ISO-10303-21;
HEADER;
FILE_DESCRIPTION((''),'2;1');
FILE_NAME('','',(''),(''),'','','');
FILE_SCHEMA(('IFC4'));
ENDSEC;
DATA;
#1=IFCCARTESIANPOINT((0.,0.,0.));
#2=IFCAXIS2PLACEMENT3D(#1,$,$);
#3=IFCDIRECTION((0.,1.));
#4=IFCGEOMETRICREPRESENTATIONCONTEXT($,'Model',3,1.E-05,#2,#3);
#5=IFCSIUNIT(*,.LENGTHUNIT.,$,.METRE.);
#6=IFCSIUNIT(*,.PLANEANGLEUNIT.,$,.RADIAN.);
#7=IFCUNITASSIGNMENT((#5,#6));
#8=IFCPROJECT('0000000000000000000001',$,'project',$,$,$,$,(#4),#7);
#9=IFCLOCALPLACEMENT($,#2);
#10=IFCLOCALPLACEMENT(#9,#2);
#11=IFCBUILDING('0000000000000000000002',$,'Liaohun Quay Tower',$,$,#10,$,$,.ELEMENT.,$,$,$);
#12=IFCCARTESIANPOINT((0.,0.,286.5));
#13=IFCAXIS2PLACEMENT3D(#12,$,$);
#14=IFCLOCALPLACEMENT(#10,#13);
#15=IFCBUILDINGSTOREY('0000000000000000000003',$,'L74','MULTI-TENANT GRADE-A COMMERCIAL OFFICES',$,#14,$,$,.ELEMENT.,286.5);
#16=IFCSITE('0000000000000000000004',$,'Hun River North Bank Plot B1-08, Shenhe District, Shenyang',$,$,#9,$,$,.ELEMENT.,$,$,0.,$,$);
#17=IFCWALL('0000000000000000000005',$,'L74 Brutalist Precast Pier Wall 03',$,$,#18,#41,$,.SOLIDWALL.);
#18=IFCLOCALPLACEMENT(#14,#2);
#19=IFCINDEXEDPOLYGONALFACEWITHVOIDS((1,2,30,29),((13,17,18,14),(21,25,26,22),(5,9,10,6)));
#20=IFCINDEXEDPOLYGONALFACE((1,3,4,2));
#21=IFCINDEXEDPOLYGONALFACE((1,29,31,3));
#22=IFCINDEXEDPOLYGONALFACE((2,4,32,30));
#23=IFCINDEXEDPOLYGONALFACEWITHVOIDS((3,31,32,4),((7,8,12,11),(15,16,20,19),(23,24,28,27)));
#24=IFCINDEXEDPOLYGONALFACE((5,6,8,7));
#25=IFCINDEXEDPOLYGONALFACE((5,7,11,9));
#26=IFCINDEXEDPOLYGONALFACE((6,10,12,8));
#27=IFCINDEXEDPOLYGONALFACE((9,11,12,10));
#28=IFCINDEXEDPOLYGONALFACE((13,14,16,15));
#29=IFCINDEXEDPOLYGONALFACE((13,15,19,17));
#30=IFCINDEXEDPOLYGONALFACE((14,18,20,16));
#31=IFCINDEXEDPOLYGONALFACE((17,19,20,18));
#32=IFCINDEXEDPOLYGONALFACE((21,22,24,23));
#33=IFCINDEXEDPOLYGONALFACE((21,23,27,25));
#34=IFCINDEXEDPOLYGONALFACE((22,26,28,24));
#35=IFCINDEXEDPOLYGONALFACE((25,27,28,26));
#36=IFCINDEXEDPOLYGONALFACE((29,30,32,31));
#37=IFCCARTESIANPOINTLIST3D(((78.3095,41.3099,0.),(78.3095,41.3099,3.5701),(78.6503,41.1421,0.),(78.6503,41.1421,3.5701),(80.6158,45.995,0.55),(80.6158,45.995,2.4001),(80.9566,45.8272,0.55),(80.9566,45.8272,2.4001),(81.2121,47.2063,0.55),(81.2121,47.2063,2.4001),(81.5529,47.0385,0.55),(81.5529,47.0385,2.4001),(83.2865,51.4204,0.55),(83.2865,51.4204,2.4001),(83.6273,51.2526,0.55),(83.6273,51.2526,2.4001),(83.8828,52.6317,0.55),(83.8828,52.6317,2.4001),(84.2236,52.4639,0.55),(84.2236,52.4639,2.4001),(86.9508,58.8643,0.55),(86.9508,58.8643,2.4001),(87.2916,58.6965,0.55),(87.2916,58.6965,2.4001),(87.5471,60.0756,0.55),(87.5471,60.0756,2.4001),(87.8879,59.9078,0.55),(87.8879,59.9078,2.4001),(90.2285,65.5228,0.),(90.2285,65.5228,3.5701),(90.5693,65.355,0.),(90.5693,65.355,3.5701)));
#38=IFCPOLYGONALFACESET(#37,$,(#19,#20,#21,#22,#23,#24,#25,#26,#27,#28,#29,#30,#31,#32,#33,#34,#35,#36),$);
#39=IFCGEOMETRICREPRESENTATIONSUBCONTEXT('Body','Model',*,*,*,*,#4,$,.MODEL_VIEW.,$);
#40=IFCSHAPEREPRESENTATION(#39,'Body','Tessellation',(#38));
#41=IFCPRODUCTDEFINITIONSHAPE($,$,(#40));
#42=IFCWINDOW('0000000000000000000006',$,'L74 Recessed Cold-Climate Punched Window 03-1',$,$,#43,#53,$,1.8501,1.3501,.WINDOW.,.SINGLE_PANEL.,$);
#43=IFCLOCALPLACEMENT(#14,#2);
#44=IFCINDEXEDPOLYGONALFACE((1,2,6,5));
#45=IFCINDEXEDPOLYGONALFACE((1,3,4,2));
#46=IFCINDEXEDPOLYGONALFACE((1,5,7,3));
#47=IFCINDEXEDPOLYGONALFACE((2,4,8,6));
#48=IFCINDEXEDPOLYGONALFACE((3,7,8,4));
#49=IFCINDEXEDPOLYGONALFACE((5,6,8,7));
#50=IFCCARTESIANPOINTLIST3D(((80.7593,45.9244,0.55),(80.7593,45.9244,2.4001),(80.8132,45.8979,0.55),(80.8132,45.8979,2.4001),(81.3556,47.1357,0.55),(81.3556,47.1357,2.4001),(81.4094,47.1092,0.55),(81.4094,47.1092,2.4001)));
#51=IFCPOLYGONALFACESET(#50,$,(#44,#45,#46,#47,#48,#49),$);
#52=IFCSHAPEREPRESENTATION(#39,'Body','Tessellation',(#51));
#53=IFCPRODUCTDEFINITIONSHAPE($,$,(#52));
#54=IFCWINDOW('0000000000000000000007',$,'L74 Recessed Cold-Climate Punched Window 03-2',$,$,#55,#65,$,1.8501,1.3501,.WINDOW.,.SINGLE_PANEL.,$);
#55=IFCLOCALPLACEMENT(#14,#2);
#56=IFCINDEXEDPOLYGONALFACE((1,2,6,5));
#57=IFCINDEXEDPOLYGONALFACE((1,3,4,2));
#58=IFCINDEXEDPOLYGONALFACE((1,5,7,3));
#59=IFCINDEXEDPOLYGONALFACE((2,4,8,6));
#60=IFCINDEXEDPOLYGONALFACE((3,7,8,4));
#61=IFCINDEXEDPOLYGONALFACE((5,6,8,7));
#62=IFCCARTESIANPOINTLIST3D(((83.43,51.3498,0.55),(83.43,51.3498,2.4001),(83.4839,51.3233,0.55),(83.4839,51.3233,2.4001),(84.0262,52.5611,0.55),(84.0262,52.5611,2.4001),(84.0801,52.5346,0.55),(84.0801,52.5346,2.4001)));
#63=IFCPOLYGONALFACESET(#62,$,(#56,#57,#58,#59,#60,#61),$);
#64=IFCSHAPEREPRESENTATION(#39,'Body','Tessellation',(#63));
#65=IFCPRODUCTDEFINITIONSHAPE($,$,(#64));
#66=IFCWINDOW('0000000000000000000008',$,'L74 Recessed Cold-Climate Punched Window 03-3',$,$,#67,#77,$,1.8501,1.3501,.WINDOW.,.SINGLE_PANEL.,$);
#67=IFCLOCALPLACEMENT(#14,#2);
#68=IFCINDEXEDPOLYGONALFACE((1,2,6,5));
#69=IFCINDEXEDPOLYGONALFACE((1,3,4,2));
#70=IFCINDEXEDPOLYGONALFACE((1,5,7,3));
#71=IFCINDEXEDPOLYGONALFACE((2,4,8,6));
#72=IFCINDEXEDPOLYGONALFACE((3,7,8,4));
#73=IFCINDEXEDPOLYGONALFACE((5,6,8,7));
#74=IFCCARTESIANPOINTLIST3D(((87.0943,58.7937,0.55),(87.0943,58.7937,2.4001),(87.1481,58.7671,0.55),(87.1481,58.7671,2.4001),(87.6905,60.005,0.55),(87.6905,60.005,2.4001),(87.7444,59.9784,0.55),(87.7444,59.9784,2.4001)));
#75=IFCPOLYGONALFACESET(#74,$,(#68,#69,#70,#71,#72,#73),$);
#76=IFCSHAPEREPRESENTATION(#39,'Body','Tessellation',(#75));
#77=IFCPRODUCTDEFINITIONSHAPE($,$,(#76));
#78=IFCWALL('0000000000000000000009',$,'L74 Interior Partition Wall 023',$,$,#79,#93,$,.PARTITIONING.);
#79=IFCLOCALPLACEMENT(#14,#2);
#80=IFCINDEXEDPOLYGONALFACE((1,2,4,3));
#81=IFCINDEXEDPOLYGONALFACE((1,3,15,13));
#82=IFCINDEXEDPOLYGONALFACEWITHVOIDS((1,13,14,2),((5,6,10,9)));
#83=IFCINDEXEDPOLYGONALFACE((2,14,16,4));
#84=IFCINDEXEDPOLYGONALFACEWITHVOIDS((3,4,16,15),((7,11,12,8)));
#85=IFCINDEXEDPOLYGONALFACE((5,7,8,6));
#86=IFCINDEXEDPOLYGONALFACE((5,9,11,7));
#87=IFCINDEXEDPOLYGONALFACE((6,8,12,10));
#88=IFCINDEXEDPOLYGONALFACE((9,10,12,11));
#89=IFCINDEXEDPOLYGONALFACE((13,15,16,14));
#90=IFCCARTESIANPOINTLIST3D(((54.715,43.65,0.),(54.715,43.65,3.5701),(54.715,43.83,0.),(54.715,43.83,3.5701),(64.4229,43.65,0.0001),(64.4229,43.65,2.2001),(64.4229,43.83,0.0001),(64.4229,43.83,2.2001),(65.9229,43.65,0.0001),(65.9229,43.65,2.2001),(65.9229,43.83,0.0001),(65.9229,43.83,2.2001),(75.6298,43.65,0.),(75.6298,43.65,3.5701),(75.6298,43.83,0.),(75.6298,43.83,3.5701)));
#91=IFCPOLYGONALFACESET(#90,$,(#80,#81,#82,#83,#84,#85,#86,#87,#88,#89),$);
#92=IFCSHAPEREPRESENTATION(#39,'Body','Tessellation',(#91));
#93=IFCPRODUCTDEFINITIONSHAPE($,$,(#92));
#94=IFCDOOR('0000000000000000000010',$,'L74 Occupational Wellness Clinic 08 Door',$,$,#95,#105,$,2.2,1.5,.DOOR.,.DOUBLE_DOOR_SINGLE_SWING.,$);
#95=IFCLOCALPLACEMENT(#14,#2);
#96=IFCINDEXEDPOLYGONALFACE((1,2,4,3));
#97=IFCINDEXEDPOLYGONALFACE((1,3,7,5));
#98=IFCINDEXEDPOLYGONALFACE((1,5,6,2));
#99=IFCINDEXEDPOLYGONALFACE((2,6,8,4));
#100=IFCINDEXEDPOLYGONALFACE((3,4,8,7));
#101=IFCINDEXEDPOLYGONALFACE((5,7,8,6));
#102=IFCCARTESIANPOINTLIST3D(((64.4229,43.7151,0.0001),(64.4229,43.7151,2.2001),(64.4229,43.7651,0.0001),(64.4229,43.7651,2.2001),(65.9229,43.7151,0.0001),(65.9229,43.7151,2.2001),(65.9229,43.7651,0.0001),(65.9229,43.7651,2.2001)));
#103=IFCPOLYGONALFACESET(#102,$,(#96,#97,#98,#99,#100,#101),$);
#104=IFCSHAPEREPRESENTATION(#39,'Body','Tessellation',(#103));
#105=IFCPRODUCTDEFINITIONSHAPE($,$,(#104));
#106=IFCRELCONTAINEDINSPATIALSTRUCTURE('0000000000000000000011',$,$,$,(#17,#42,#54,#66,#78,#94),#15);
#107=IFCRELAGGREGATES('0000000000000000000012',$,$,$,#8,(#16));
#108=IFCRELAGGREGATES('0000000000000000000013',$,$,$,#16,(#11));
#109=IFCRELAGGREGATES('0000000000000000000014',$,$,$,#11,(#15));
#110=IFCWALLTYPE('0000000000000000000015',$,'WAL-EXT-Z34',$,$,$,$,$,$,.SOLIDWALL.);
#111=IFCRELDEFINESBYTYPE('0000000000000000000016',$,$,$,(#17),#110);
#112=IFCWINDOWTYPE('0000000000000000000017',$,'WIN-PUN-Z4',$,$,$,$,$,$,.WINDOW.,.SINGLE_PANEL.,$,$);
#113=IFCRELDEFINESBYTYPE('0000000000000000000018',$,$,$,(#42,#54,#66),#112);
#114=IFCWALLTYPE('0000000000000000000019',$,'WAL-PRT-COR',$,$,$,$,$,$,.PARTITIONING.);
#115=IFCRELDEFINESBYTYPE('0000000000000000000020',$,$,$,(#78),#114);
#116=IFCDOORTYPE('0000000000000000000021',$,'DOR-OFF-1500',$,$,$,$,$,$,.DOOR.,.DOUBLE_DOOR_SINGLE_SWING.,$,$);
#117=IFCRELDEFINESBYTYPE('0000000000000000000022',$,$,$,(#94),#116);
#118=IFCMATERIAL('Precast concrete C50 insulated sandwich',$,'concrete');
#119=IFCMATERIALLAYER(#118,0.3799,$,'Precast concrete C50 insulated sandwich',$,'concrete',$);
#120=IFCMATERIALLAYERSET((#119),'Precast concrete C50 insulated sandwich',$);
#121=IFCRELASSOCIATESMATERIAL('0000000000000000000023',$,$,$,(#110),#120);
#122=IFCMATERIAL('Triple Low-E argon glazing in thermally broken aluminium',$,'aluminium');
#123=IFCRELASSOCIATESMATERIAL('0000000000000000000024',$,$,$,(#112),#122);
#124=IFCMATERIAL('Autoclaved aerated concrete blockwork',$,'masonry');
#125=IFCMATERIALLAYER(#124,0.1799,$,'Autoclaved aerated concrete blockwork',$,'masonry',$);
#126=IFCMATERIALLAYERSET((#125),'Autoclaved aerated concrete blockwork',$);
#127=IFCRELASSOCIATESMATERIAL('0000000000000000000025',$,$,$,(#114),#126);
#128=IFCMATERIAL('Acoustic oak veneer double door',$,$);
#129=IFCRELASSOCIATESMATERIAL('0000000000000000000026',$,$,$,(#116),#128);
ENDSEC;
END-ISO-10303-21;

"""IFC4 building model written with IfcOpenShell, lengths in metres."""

from ifc_helpers import new_model, si_unit, direction, frame, frame_2d, origin, place, context, subcontext, project, spatial, rectangle, extrude, source, transform, mapped, material, layer, layer_set, type_object, element, fill, save


model = new_model("IFC4")

# Units and contexts
model_context = context("Model", 3, precision=1e-05, world=origin(), true_north=direction((0.0, 1.0)))
body_context = subcontext(model_context, "Body", "Model", "MODEL_VIEW")
ifc_project = project(units=[si_unit("LENGTHUNIT", "METRE"), si_unit("PLANEANGLEUNIT", "RADIAN")], contexts=[model_context])

# Site, building, storey
site_placement = place(None, origin())
site = spatial("IfcSite", under=ifc_project, at=site_placement, Name="Hun River North Bank Plot B1-08, Shenhe District, Shenyang", CompositionType="ELEMENT", RefElevation=0.0)
building_placement = place(site_placement, origin())
building = spatial("IfcBuilding", under=site, at=building_placement, Name="Liaohun Quay Tower", CompositionType="ELEMENT")
storey_placement = place(building_placement, frame((0.0, 0.0, 286.5)))
storey = spatial("IfcBuildingStorey", under=building, at=storey_placement, Name="L74", Description="MULTI-TENANT GRADE-A COMMERCIAL OFFICES", CompositionType="ELEMENT", Elevation=286.5)

# Shared definitions
ifc_material_1 = material(Name="Precast concrete C50 insulated sandwich", Category="concrete")
ifc_layer_1 = layer(ifc_material_1, 0.3799, Name="Precast concrete C50 insulated sandwich", Category="concrete")
ifc_layer_set_1 = layer_set([ifc_layer_1], Name="Precast concrete C50 insulated sandwich")
wall_type_1 = type_object("IfcWallType", Name="WAL-EXT-Z34", PredefinedType="SOLIDWALL", material=ifc_layer_set_1)

# Wall, openings, windows
shared_shape_1 = source(origin(), body_context, "Body", "SweptSolid", [
    extrude(rectangle(XDim=1.3501, YDim=1.8501, at=frame_2d((0.675, 0.925))), frame((0.0, 0.2, 0.0), z_axis=(0.0, -1.0, 0.0), x_axis=(1.0, 0.0, 0.0)), (0.0, 0.0, 1.0), 0.3999),
])
ifc_material_2 = material(Name="Triple Low-E argon glazing in thermally broken aluminium", Category="aluminium")
window_type_1 = type_object("IfcWindowType", Name="WIN-PUN-Z4", PartitioningType="SINGLE_PANEL", PredefinedType="WINDOW", material=ifc_material_2)
shared_shape_2 = source(origin(), body_context, "Body", "SweptSolid", [
    extrude(rectangle(XDim=1.3501, YDim=1.8501, at=frame_2d((0.675, 0.925))), frame((0.0, 0.03, 0.0), z_axis=(0.0, -1.0, 0.0), x_axis=(1.0, 0.0, 0.0)), (0.0, 0.0, 1.0), 0.0601),
])
wall_1_placement = place(storey_placement, frame((78.48, 41.2261, 0.0), z_axis=(0.0, 0.0, 1.0), x_axis=(0.441647, 0.897189, 0.0)))
wall_1 = element("IfcWall", 1, at=wall_1_placement, inside=storey, type_object=wall_type_1, Name="L74 Brutalist Precast Pier Wall 03", PredefinedType="SOLIDWALL", context=body_context, shape_type="SweptSolid", body=[
    extrude(rectangle(XDim=26.9875, YDim=0.3799, at=frame_2d((13.4937, 0.0))), origin(), (0.0, 0.0, 1.0), 3.5701),
])
opening_1_placement = place(wall_1_placement, frame((5.2219, 0.0, 0.55)))
opening_1 = element("IfcOpeningElement", 2, at=opening_1_placement, cuts=wall_1, PredefinedType="OPENING", context=body_context, shape_type="MappedRepresentation", body=[
    mapped(shared_shape_1, transform((0.0, 0.0, 0.0), x_axis=(1.0, 0.0, 0.0), y_axis=(0.0, 1.0, 0.0), z_axis=(0.0, 0.0, 1.0), scale=1.0)),
])
opening_2_placement = place(wall_1_placement, frame((11.269, 0.0, 0.55)))
opening_2 = element("IfcOpeningElement", 3, at=opening_2_placement, cuts=wall_1, PredefinedType="OPENING", context=body_context, shape_type="MappedRepresentation", body=[
    mapped(shared_shape_1, transform((0.0, 0.0, 0.0), x_axis=(1.0, 0.0, 0.0), y_axis=(0.0, 1.0, 0.0), z_axis=(0.0, 0.0, 1.0), scale=1.0)),
])
opening_3_placement = place(wall_1_placement, frame((19.5659, 0.0, 0.55)))
opening_3 = element("IfcOpeningElement", 4, at=opening_3_placement, cuts=wall_1, PredefinedType="OPENING", context=body_context, shape_type="MappedRepresentation", body=[
    mapped(shared_shape_1, transform((0.0, 0.0, 0.0), x_axis=(1.0, 0.0, 0.0), y_axis=(0.0, 1.0, 0.0), z_axis=(0.0, 0.0, 1.0), scale=1.0)),
])
window_1_placement = place(opening_1_placement, origin())
window_1 = element("IfcWindow", 5, at=window_1_placement, inside=storey, type_object=window_type_1, Name="L74 Recessed Cold-Climate Punched Window 03-1", OverallHeight=1.8501, OverallWidth=1.3501, PartitioningType="SINGLE_PANEL", PredefinedType="WINDOW", context=body_context, shape_type="MappedRepresentation", body=[
    mapped(shared_shape_2, transform((0.0, 0.0, 0.0), x_axis=(1.0, 0.0, 0.0), y_axis=(0.0, 1.0, 0.0), z_axis=(0.0, 0.0, 1.0), scale=1.0)),
])
fill(opening_1, window_1)
window_2_placement = place(opening_2_placement, origin())
window_2 = element("IfcWindow", 6, at=window_2_placement, inside=storey, type_object=window_type_1, Name="L74 Recessed Cold-Climate Punched Window 03-2", OverallHeight=1.8501, OverallWidth=1.3501, PartitioningType="SINGLE_PANEL", PredefinedType="WINDOW", context=body_context, shape_type="MappedRepresentation", body=[
    mapped(shared_shape_2, transform((0.0, 0.0, 0.0), x_axis=(1.0, 0.0, 0.0), y_axis=(0.0, 1.0, 0.0), z_axis=(0.0, 0.0, 1.0), scale=1.0)),
])
fill(opening_2, window_2)
window_3_placement = place(opening_3_placement, origin())
window_3 = element("IfcWindow", 7, at=window_3_placement, inside=storey, type_object=window_type_1, Name="L74 Recessed Cold-Climate Punched Window 03-3", OverallHeight=1.8501, OverallWidth=1.3501, PartitioningType="SINGLE_PANEL", PredefinedType="WINDOW", context=body_context, shape_type="MappedRepresentation", body=[
    mapped(shared_shape_2, transform((0.0, 0.0, 0.0), x_axis=(1.0, 0.0, 0.0), y_axis=(0.0, 1.0, 0.0), z_axis=(0.0, 0.0, 1.0), scale=1.0)),
])
fill(opening_3, window_3)

# Wall, opening, door
ifc_material_3 = material(Name="Autoclaved aerated concrete blockwork", Category="masonry")
ifc_layer_2 = layer(ifc_material_3, 0.1799, Name="Autoclaved aerated concrete blockwork", Category="masonry")
ifc_layer_set_2 = layer_set([ifc_layer_2], Name="Autoclaved aerated concrete blockwork")
wall_type_2 = type_object("IfcWallType", Name="WAL-PRT-COR", PredefinedType="PARTITIONING", material=ifc_layer_set_2)
wall_2_placement = place(storey_placement, frame((75.6299, 43.74, 0.0), z_axis=(0.0, 0.0, 1.0), x_axis=(-1.0, 0.0, 0.0)))
wall_2 = element("IfcWall", 8, at=wall_2_placement, inside=storey, type_object=wall_type_2, Name="L74 Interior Partition Wall 023", PredefinedType="PARTITIONING", context=body_context, shape_type="SweptSolid", body=[
    extrude(rectangle(XDim=20.9148, YDim=0.1799, at=frame_2d((10.4575, 0.0))), origin(), (0.0, 0.0, 1.0), 3.5701),
])
shared_shape_3 = source(origin(), body_context, "Body", "SweptSolid", [
    extrude(rectangle(XDim=1.5, YDim=2.2, at=frame_2d((0.75, 1.1001))), frame((0.0, 0.0999, 0.0), z_axis=(0.0, -1.0, 0.0), x_axis=(1.0, 0.0, 0.0)), (0.0, 0.0, 1.0), 0.2),
])
opening_4_placement = place(wall_2_placement, frame((9.707, 0.0, 0.0)))
opening_4 = element("IfcOpeningElement", 9, at=opening_4_placement, cuts=wall_2, PredefinedType="OPENING", context=body_context, shape_type="MappedRepresentation", body=[
    mapped(shared_shape_3, transform((0.0, 0.0, 0.0), x_axis=(1.0, 0.0, 0.0), y_axis=(0.0, 1.0, 0.0), z_axis=(0.0, 0.0, 1.0), scale=1.0)),
])
ifc_material_4 = material(Name="Acoustic oak veneer double door")
door_type = type_object("IfcDoorType", Name="DOR-OFF-1500", OperationType="DOUBLE_DOOR_SINGLE_SWING", PredefinedType="DOOR", material=ifc_material_4)
shared_shape_4 = source(origin(), body_context, "Body", "SweptSolid", [
    extrude(rectangle(XDim=1.5, YDim=2.2, at=frame_2d((0.75, 1.1001))), frame((0.0, 0.0249, 0.0), z_axis=(0.0, -1.0, 0.0), x_axis=(1.0, 0.0, 0.0)), (0.0, 0.0, 1.0), 0.05),
])
door_placement = place(opening_4_placement, origin())
door = element("IfcDoor", 10, at=door_placement, inside=storey, type_object=door_type, Name="L74 Occupational Wellness Clinic 08 Door", OperationType="DOUBLE_DOOR_SINGLE_SWING", OverallHeight=2.2, OverallWidth=1.5, PredefinedType="DOOR", context=body_context, shape_type="MappedRepresentation", body=[
    mapped(shared_shape_4, transform((0.0, 0.0, 0.0), x_axis=(1.0, 0.0, 0.0), y_axis=(0.0, 1.0, 0.0), z_axis=(0.0, 0.0, 1.0), scale=1.0)),
])
fill(opening_4, door)

save(model, "model.ifc")
